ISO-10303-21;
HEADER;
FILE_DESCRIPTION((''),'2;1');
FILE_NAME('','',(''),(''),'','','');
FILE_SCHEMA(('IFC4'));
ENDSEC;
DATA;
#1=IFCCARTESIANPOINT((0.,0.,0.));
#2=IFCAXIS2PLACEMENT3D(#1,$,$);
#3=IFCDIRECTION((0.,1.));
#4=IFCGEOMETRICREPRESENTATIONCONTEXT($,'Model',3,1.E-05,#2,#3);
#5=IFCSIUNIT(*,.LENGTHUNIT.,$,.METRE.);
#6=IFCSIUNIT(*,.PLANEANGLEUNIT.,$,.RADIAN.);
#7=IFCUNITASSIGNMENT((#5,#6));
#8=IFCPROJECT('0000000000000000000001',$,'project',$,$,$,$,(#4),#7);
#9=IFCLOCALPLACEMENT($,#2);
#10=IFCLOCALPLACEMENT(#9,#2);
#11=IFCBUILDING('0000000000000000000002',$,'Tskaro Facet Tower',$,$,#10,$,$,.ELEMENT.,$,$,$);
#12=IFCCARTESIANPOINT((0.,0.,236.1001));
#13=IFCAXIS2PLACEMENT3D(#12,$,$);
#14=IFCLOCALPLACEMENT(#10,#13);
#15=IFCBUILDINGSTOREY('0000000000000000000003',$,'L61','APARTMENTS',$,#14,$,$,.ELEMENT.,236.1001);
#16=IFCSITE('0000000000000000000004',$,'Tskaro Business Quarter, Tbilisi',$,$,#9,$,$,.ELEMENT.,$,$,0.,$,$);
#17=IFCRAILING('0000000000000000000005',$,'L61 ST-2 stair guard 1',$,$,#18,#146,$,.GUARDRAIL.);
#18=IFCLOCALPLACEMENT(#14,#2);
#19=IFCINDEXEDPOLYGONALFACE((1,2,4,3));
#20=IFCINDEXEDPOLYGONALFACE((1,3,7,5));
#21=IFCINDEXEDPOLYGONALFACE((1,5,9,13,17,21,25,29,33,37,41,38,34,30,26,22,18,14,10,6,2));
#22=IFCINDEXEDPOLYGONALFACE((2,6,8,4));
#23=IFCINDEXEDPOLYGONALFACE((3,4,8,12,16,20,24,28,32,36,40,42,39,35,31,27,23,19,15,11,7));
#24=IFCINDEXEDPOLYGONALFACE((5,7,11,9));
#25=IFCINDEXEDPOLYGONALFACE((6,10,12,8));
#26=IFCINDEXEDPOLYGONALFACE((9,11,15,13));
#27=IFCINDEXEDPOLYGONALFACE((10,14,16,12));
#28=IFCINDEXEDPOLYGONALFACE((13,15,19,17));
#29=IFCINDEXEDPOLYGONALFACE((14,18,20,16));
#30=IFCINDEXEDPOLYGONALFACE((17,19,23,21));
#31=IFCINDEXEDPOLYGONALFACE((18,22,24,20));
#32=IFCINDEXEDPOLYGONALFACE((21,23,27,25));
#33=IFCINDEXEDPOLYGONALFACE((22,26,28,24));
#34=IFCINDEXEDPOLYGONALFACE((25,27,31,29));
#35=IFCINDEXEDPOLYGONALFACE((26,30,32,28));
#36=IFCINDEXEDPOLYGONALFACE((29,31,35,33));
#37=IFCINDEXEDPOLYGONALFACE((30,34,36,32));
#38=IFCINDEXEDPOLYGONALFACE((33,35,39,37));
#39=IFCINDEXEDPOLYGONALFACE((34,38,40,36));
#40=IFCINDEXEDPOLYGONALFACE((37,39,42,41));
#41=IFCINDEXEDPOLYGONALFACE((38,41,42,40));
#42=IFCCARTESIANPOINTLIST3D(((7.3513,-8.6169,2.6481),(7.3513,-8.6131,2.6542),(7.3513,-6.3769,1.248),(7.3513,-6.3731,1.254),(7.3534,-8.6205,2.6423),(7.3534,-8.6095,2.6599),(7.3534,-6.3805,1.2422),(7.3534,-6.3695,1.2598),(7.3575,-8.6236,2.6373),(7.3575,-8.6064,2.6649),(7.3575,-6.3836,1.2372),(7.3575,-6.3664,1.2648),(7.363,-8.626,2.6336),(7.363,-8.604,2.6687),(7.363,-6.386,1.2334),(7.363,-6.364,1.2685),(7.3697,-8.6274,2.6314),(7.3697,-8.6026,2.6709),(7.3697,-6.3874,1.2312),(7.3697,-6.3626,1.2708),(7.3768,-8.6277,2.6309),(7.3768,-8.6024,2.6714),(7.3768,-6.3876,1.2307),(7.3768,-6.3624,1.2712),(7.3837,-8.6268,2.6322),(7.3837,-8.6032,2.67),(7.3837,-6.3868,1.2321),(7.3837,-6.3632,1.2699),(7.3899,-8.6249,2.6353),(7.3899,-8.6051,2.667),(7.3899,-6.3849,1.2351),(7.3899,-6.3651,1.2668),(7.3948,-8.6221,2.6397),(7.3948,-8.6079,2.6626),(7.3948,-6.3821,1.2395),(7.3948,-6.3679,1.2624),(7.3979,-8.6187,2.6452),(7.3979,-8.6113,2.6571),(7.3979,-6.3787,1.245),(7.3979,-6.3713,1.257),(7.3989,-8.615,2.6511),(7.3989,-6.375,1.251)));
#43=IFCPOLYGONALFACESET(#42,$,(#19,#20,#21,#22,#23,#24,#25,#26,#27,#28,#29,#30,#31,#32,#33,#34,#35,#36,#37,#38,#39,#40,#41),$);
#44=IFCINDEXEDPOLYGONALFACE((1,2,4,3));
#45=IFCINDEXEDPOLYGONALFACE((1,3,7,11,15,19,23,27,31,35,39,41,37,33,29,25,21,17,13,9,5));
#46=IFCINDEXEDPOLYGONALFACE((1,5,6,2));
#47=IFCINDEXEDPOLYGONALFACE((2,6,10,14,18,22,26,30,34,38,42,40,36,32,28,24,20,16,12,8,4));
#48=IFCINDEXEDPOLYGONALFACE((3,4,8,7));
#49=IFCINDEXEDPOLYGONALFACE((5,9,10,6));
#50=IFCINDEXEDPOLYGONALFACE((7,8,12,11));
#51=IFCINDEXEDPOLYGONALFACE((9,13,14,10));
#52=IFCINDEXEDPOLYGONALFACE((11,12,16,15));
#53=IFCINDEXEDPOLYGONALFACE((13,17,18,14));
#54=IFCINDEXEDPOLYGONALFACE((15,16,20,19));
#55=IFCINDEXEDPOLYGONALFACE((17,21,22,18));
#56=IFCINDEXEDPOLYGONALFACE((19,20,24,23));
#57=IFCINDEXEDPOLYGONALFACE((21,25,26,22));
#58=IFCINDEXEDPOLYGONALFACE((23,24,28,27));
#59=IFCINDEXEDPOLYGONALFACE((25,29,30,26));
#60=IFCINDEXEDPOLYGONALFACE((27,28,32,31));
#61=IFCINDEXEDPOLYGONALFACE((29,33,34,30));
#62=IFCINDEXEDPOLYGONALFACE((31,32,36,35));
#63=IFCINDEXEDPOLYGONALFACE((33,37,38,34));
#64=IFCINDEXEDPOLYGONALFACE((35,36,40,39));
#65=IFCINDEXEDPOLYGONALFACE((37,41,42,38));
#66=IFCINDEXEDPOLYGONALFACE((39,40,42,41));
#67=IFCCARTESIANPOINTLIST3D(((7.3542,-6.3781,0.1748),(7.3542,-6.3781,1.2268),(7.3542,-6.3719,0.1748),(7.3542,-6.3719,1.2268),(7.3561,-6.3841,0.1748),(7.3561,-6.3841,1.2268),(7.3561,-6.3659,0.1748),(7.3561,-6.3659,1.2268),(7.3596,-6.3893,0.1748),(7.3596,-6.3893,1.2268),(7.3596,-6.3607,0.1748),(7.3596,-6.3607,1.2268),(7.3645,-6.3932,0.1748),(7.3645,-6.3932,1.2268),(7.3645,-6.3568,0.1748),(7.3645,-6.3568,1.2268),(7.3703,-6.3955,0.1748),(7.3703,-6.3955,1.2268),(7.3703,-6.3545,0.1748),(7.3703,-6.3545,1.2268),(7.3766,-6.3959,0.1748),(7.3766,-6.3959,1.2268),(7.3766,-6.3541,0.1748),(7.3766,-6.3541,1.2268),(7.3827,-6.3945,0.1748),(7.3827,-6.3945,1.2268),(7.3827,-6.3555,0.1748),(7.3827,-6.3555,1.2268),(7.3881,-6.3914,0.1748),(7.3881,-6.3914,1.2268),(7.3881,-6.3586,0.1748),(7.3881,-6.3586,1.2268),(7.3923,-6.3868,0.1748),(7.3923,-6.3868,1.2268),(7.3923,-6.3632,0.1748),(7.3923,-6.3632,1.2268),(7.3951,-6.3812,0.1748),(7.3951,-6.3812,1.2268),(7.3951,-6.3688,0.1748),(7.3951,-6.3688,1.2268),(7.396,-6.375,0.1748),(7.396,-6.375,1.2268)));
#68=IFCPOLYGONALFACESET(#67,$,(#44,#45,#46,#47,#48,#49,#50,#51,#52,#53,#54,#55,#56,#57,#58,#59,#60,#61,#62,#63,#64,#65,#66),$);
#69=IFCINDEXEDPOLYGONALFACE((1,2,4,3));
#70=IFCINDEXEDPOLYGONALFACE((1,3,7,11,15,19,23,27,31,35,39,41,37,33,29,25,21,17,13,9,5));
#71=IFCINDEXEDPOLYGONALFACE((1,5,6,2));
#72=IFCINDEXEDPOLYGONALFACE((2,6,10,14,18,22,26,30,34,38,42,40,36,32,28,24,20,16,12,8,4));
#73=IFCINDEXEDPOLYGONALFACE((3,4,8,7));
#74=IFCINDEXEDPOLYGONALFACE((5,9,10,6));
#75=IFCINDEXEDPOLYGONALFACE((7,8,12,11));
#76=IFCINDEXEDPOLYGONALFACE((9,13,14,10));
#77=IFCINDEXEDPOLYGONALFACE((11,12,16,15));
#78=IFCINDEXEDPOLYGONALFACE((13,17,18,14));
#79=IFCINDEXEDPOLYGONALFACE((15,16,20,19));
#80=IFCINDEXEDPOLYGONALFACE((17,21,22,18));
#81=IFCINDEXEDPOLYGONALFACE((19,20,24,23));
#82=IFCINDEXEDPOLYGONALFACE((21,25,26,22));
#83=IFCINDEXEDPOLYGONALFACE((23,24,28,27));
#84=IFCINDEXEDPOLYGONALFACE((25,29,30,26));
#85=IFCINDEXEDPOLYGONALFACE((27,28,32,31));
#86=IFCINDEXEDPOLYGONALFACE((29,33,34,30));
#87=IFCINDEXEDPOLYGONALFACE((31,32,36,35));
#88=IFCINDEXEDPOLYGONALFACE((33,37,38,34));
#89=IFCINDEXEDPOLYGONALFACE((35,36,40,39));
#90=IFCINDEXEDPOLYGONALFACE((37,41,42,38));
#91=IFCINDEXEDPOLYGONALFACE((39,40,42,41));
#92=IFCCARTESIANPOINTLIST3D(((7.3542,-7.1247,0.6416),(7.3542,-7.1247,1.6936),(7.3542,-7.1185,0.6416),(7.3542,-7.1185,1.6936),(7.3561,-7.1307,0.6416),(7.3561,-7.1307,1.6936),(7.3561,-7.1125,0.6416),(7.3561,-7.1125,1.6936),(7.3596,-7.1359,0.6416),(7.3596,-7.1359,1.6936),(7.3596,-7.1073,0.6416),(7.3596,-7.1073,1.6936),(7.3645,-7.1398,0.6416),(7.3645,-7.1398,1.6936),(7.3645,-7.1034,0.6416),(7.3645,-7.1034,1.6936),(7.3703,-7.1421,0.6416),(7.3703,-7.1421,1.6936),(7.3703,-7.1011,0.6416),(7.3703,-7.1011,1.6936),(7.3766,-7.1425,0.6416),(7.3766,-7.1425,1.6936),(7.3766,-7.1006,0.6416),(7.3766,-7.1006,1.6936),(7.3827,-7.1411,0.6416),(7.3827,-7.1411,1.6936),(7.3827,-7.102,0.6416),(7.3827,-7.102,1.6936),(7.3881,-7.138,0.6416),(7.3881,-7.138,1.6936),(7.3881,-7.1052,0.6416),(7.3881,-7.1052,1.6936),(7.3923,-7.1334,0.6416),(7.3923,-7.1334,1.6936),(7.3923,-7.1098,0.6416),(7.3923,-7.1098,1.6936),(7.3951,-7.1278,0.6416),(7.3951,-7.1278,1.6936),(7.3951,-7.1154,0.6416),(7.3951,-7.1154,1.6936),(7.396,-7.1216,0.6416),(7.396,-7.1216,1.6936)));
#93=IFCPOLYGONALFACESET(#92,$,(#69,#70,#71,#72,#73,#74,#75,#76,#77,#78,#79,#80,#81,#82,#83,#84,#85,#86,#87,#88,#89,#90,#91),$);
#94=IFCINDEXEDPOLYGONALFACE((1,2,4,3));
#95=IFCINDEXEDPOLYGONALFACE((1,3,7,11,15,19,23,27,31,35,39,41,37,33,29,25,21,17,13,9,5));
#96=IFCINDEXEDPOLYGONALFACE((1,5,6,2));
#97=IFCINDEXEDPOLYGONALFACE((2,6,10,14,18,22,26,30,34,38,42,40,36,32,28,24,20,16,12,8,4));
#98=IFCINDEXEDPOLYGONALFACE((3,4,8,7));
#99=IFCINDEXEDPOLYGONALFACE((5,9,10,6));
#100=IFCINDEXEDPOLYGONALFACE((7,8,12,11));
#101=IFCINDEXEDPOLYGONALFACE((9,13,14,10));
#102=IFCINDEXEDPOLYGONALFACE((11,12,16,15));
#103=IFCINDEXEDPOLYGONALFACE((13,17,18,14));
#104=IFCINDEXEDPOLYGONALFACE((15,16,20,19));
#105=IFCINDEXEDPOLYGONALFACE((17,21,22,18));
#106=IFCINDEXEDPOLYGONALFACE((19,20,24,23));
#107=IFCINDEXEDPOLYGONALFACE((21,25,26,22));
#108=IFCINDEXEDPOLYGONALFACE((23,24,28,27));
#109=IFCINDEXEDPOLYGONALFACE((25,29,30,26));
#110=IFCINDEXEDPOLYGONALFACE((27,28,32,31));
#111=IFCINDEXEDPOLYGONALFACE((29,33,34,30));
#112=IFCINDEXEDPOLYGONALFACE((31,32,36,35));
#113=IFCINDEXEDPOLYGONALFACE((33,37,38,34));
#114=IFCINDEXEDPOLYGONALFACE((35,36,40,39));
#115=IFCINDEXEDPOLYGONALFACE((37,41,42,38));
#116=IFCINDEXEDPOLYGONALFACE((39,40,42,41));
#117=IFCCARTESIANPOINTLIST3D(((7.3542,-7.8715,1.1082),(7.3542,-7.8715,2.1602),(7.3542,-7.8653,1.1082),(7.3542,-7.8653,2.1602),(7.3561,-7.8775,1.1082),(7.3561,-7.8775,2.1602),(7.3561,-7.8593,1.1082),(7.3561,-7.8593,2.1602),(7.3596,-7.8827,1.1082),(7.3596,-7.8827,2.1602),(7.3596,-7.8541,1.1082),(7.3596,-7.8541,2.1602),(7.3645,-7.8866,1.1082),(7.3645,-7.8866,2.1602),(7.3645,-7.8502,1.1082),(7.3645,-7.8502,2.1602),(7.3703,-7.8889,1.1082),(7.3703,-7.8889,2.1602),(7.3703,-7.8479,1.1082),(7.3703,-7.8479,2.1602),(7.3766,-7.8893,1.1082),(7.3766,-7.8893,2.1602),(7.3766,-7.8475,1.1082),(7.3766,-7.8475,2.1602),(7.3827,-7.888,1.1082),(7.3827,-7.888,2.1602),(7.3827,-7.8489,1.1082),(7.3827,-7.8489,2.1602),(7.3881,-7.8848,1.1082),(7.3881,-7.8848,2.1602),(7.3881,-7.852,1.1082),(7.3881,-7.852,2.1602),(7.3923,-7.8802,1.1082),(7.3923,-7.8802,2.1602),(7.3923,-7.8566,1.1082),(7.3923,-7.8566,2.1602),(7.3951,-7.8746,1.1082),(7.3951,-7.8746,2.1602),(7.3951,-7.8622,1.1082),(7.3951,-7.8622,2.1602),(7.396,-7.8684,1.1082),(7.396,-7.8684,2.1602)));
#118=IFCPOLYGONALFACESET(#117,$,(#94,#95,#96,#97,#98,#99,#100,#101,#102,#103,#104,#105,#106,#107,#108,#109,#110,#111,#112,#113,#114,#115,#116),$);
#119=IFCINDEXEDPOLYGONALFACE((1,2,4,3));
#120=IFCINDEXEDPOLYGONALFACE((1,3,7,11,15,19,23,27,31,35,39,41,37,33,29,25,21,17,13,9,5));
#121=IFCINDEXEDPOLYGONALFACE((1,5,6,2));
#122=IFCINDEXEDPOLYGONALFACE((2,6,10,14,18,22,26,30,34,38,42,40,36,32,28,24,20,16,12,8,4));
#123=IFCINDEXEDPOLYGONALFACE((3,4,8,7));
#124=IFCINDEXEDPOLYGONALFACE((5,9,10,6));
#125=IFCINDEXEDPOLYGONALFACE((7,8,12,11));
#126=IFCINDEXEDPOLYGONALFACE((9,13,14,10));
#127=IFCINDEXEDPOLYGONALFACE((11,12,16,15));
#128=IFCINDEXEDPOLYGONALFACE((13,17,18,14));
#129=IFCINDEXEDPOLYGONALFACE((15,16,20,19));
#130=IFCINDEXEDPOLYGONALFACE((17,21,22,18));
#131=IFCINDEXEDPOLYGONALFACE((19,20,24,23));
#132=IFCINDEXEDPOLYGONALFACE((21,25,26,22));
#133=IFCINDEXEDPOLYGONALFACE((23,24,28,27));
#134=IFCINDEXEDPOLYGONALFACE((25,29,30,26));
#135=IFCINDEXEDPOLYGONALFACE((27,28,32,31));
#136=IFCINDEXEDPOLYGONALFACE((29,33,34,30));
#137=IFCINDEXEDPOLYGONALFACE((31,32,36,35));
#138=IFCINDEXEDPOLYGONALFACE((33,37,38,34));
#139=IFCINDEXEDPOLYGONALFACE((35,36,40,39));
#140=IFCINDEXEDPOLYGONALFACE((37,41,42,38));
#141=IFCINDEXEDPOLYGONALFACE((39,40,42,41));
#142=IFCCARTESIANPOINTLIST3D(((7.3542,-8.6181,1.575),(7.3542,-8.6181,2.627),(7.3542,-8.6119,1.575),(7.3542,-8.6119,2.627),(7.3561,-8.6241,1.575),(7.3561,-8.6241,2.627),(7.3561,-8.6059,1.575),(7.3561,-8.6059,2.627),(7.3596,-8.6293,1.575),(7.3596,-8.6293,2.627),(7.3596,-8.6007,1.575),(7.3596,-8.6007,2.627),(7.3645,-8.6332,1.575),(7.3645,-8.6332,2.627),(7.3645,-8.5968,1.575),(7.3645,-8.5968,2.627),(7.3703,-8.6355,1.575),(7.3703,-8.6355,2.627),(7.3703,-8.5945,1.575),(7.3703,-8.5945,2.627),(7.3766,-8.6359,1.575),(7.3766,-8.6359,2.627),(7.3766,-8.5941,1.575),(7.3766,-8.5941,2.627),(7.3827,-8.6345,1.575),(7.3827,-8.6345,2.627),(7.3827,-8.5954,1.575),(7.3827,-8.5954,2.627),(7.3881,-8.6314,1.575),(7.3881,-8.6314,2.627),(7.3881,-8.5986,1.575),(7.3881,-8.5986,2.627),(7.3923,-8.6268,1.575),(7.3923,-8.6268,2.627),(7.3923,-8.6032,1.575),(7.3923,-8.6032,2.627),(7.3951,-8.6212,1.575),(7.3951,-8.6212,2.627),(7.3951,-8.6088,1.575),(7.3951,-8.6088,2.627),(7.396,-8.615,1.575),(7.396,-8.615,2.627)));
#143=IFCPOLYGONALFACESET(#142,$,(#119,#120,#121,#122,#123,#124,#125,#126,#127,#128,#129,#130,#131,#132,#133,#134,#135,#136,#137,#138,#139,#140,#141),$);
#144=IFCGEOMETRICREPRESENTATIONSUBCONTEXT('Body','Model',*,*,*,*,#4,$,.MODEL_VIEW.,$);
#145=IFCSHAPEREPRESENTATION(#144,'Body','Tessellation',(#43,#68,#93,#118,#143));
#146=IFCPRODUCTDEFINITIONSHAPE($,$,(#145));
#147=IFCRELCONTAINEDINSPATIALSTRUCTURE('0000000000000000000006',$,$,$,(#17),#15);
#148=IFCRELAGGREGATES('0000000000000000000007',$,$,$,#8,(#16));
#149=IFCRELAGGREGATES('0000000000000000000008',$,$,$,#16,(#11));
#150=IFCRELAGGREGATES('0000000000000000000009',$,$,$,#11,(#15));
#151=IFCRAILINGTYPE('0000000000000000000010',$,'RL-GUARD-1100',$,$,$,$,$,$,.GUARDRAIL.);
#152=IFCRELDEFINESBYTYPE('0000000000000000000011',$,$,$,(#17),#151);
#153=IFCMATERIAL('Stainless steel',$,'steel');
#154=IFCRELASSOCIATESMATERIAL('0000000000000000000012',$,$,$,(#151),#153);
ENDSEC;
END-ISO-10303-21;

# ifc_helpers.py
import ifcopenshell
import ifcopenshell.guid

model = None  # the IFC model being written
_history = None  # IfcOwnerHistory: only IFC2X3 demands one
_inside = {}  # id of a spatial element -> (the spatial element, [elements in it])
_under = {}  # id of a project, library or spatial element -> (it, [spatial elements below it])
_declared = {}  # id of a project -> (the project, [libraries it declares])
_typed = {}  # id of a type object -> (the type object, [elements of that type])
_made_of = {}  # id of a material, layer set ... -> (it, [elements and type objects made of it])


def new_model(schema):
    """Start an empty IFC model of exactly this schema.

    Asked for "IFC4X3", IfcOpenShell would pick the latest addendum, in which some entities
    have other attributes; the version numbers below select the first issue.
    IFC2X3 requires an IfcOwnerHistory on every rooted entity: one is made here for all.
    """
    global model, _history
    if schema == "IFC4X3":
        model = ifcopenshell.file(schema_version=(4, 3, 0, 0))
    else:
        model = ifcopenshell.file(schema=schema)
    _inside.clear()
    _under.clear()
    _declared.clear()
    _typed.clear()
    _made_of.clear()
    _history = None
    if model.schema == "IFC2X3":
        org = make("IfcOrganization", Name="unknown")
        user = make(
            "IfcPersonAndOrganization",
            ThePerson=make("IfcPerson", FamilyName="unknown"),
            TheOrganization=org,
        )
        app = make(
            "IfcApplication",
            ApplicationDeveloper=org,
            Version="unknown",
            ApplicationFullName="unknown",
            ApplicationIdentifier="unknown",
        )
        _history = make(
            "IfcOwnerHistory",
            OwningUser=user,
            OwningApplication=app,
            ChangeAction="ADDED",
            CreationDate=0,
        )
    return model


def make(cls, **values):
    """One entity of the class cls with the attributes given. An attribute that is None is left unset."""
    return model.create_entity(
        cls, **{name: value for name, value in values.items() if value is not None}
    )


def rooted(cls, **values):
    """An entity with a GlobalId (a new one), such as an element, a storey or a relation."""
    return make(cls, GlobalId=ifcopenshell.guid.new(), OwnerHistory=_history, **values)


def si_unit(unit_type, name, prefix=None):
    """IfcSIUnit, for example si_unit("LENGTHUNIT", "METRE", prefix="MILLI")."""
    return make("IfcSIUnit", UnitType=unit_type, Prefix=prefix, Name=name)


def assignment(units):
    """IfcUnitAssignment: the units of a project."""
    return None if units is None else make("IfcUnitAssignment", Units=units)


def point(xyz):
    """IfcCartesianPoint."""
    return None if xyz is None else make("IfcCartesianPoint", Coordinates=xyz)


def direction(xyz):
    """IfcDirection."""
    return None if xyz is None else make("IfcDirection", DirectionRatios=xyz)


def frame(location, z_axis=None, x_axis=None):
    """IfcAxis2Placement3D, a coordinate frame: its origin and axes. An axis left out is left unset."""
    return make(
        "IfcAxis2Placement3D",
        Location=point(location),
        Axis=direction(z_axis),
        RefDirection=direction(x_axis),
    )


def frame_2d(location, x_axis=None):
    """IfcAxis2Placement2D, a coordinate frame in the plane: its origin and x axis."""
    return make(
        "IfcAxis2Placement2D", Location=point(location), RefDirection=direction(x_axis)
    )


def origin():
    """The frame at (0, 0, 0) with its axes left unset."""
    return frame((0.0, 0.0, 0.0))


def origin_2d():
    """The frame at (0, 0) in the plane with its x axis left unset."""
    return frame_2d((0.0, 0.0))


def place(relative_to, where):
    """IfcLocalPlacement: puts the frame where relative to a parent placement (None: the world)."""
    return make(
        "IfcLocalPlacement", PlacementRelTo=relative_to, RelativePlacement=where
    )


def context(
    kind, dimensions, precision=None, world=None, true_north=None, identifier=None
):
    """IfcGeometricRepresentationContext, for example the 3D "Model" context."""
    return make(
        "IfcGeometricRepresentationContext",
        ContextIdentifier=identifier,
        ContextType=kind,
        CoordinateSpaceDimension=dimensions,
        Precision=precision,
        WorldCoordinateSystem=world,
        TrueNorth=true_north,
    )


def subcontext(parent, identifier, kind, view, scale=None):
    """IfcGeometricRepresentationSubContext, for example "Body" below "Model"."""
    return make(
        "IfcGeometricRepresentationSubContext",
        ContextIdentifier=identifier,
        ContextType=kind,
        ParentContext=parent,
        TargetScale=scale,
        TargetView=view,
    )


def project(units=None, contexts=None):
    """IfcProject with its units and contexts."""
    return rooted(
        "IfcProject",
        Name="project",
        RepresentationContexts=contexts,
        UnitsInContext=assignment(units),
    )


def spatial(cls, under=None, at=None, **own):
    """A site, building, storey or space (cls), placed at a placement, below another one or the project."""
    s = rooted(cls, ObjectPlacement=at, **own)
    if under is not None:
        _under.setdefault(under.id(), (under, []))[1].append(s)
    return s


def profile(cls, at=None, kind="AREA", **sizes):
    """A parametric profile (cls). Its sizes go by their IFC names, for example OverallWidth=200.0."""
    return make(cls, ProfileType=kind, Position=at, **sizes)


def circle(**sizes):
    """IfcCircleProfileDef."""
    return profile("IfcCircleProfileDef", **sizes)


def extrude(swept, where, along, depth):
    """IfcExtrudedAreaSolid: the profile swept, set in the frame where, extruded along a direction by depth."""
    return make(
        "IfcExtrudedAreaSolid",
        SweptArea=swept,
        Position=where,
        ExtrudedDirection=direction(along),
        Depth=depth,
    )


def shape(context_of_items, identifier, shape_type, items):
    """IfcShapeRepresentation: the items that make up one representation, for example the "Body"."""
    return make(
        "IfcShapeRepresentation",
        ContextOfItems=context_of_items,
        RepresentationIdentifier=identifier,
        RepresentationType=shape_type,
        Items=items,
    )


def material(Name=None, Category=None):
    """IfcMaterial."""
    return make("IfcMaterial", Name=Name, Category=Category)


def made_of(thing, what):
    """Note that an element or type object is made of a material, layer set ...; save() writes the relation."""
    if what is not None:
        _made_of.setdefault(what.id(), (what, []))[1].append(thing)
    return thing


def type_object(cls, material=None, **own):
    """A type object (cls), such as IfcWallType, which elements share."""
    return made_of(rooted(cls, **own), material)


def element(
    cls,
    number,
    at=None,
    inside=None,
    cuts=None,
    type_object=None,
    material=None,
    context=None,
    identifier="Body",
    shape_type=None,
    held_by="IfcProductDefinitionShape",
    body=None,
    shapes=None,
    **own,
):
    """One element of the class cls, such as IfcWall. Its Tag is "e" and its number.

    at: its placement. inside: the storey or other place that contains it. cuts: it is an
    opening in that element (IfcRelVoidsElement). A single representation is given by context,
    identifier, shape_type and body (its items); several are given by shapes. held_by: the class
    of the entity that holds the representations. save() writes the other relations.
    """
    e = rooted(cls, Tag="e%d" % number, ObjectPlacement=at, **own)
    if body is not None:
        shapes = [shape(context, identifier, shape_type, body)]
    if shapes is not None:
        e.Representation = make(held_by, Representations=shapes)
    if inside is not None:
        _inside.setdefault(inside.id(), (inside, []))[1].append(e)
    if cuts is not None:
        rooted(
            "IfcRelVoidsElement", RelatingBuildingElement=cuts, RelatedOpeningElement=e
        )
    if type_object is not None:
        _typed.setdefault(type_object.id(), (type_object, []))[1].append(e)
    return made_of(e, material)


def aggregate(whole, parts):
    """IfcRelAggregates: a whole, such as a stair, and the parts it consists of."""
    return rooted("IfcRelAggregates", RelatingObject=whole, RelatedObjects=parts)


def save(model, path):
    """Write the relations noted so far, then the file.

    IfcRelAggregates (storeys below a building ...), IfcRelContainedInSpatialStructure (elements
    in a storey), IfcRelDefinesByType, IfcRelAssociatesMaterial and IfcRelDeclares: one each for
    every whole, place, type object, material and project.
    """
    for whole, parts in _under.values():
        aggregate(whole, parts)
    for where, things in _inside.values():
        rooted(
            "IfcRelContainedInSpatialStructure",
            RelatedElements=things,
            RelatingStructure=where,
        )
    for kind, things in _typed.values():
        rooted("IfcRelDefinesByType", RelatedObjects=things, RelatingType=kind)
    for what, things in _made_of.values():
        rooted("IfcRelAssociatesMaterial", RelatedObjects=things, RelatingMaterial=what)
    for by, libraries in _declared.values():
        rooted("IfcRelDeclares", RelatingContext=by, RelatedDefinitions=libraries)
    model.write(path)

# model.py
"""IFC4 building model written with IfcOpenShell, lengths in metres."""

from ifc_helpers import new_model, si_unit, direction, frame, origin, origin_2d, place, context, subcontext, project, spatial, circle, extrude, material, type_object, element, save


model = new_model("IFC4")

# Units and contexts
model_context = context("Model", 3, precision=1e-05, world=origin(), true_north=direction((0.0, 1.0)))
body_context = subcontext(model_context, "Body", "Model", "MODEL_VIEW")
ifc_project = project(units=[si_unit("LENGTHUNIT", "METRE"), si_unit("PLANEANGLEUNIT", "RADIAN")], contexts=[model_context])

# Site, building, storey
site_placement = place(None, origin())
site = spatial("IfcSite", under=ifc_project, at=site_placement, Name="Tskaro Business Quarter, Tbilisi", CompositionType="ELEMENT", RefElevation=0.0)
building_placement = place(site_placement, origin())
building = spatial("IfcBuilding", under=site, at=building_placement, Name="Tskaro Facet Tower", CompositionType="ELEMENT")
storey_placement = place(building_placement, frame((0.0, 0.0, 236.1001)))
storey = spatial("IfcBuildingStorey", under=building, at=storey_placement, Name="L61", Description="APARTMENTS", CompositionType="ELEMENT", Elevation=236.1001)

# Shared definitions
ifc_material_1 = material(Name="Stainless steel", Category="steel")

# Railing
railing_type = type_object("IfcRailingType", Name="RL-GUARD-1100", PredefinedType="GUARDRAIL", material=ifc_material_1)
railing_1_placement = place(storey_placement, frame((7.375, -6.375, 0.1748)))
element("IfcRailing", 1, at=railing_1_placement, inside=storey, type_object=railing_type, Name="L61 ST-2 stair guard 1", PredefinedType="GUARDRAIL", context=body_context, shape_type="SweptSolid", body=[
    extrude(circle(Radius=0.0239, at=origin_2d()), frame((0.0, 0.0, 1.0762), z_axis=(0.0, -0.847972, 0.53004), x_axis=(1.0, 0.0, 0.0)), (0.0, 0.0, 1.0), 2.6416),
    extrude(circle(Radius=0.021, at=origin_2d()), origin(), (0.0, 0.0, 1.0), 1.052),
    extrude(circle(Radius=0.021, at=origin_2d()), frame((0.0, -0.7466, 0.4668)), (0.0, 0.0, 1.0), 1.052),
    extrude(circle(Radius=0.021, at=origin_2d()), frame((0.0, -1.4934, 0.9333)), (0.0, 0.0, 1.0), 1.052),
    extrude(circle(Radius=0.021, at=origin_2d()), frame((0.0, -2.24, 1.4001)), (0.0, 0.0, 1.0), 1.052),
])

save(model, "model.ifc")
